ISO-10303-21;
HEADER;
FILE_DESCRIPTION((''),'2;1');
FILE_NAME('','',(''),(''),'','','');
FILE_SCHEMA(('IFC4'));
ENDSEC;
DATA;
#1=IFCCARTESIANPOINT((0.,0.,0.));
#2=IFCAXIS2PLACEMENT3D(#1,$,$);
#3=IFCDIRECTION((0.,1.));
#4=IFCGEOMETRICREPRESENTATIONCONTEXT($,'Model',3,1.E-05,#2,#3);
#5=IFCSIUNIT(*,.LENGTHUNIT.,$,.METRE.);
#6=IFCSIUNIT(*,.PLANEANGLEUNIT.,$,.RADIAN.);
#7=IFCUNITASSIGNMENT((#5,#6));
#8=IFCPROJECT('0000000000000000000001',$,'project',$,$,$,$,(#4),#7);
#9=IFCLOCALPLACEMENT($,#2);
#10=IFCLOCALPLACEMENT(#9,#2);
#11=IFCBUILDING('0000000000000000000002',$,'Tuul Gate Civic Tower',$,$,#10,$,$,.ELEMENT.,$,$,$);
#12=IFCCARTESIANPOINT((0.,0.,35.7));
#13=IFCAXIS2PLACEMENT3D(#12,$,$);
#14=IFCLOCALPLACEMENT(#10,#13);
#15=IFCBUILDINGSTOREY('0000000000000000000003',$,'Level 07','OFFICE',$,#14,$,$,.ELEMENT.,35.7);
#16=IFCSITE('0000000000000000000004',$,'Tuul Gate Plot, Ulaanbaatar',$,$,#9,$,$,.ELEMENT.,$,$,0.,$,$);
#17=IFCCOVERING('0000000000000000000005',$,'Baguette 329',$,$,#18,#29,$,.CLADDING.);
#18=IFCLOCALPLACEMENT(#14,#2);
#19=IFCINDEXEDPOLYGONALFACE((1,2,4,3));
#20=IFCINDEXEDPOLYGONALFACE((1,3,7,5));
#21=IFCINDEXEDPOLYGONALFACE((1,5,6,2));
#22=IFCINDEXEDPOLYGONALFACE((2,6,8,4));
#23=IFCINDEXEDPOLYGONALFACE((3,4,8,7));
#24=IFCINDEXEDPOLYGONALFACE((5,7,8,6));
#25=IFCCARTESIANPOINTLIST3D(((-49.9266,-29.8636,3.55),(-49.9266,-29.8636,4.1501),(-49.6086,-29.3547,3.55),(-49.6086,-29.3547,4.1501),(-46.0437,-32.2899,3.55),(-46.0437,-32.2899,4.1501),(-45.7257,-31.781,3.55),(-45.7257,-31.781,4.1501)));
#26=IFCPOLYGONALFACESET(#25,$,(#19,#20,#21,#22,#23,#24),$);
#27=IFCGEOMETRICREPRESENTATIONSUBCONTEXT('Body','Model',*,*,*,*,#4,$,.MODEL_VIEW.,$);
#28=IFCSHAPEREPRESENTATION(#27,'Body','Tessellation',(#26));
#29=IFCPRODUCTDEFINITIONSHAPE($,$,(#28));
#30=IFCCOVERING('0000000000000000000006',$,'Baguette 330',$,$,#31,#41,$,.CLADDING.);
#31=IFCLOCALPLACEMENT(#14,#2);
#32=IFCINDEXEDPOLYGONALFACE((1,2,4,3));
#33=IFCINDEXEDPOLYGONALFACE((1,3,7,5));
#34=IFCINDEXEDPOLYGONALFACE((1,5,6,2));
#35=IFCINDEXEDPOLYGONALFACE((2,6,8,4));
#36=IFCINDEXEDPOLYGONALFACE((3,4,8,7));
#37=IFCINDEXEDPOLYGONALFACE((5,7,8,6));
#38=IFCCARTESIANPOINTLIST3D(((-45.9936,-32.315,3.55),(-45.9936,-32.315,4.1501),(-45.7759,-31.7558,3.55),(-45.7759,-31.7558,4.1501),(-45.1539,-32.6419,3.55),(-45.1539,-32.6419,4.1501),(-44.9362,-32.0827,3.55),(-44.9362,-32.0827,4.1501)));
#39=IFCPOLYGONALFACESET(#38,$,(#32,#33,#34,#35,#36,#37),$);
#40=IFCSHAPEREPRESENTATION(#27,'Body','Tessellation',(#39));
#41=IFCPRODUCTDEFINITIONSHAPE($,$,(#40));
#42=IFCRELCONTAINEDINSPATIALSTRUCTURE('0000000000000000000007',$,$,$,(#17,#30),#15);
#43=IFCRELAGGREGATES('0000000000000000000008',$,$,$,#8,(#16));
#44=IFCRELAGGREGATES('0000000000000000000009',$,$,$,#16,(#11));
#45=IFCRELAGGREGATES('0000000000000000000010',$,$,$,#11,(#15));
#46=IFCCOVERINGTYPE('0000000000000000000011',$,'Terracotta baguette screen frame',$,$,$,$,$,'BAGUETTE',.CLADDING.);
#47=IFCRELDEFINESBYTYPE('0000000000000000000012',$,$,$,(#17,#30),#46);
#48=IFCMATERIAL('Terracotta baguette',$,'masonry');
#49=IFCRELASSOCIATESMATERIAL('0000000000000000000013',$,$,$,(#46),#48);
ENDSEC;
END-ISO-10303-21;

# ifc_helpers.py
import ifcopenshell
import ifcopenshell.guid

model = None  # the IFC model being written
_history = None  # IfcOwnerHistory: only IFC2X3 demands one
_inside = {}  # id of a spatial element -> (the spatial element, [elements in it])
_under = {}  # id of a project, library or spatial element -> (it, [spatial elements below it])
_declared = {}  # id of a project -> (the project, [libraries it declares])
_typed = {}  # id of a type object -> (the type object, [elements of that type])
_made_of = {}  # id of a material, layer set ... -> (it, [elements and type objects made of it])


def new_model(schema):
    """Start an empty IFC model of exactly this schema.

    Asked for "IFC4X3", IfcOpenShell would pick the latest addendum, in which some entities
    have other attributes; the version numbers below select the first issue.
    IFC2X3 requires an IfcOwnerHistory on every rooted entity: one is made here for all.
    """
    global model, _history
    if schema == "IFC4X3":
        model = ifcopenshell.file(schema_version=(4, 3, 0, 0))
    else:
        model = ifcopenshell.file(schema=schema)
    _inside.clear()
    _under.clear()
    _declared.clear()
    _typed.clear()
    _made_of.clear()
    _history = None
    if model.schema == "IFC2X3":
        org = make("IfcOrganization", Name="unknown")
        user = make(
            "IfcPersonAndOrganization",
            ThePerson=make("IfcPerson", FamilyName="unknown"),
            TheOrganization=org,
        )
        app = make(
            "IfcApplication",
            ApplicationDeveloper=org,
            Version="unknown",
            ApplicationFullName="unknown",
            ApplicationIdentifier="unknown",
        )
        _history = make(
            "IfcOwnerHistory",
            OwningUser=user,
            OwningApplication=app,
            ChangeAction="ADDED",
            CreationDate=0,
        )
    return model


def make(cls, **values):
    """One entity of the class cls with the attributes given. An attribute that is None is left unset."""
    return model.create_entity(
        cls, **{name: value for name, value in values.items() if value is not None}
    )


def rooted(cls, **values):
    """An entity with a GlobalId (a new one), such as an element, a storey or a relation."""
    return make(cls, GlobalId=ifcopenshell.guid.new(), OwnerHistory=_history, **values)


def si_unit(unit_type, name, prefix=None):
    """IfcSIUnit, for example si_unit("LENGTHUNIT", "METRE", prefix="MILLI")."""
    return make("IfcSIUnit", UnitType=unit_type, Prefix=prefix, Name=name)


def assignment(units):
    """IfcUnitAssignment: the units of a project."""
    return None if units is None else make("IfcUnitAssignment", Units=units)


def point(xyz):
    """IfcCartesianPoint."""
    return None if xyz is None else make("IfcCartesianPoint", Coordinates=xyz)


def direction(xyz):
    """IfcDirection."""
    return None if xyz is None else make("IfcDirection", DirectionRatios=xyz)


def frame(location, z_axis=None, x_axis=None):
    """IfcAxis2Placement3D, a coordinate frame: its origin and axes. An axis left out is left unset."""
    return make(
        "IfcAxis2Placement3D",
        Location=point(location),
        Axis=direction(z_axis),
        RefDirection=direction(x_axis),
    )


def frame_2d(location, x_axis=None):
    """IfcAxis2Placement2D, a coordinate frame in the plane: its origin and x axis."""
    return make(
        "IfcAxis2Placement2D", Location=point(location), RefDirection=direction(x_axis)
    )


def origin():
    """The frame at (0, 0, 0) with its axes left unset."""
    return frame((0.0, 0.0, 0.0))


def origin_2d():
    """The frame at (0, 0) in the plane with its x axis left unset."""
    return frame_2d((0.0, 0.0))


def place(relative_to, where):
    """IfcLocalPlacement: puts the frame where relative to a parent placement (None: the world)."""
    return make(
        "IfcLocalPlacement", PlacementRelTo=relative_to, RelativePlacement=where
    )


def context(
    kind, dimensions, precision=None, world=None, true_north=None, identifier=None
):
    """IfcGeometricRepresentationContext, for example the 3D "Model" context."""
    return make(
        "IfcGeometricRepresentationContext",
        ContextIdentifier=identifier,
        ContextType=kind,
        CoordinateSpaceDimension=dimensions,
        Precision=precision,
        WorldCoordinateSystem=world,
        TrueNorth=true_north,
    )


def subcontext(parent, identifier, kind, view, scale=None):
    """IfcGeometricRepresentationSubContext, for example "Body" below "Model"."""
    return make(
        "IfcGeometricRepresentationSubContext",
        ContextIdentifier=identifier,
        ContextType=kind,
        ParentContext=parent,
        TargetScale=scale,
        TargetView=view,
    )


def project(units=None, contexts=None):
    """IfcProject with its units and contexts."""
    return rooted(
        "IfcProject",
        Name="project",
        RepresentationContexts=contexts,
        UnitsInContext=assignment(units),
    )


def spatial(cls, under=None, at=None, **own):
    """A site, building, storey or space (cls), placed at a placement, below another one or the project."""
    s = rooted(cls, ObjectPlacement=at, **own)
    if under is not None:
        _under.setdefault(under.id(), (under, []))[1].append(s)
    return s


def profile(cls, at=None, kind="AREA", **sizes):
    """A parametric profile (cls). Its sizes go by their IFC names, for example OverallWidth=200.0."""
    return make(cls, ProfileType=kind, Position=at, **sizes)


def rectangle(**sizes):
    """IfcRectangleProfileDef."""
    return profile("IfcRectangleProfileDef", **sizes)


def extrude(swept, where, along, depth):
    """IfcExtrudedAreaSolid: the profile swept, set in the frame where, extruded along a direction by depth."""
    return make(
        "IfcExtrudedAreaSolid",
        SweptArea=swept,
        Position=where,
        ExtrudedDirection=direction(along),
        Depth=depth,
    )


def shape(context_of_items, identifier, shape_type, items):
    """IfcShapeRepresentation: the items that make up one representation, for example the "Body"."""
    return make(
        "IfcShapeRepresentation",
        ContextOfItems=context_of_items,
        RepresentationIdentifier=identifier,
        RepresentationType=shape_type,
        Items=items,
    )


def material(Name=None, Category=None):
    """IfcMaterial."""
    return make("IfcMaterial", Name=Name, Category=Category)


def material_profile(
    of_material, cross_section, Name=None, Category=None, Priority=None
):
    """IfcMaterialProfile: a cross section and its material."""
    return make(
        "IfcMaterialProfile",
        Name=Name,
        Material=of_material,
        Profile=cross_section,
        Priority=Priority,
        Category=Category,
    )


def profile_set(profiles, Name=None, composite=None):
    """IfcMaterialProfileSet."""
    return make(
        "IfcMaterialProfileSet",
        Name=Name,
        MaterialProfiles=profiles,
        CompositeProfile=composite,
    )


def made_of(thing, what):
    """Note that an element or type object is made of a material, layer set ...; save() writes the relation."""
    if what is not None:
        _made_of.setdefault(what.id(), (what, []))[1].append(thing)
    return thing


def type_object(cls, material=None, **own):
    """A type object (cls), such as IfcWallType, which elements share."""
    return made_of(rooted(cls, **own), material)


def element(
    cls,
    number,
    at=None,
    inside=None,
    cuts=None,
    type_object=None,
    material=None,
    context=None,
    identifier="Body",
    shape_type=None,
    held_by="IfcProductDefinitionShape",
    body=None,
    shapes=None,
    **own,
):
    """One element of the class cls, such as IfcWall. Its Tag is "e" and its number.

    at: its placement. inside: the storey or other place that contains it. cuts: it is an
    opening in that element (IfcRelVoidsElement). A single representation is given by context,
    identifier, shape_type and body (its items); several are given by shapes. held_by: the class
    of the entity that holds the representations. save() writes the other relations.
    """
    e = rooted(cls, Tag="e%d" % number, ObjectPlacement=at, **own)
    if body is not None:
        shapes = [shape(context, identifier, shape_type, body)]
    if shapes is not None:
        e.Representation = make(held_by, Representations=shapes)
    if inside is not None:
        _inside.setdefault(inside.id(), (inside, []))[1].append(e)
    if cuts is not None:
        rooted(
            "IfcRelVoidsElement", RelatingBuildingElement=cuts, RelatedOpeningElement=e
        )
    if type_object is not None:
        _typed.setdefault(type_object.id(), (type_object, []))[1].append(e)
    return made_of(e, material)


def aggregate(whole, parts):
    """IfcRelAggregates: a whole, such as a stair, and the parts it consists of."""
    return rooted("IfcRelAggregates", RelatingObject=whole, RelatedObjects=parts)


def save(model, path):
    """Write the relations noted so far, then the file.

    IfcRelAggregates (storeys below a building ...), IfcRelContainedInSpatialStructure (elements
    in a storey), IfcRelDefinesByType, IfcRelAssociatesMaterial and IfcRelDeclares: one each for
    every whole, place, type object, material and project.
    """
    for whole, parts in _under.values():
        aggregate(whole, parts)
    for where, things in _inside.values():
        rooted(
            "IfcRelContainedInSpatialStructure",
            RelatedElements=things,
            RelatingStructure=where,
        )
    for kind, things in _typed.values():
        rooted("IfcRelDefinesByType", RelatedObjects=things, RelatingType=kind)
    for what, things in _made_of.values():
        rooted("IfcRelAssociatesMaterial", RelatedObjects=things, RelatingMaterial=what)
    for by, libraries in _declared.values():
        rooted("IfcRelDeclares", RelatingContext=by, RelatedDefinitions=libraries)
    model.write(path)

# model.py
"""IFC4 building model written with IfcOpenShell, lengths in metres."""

from ifc_helpers import new_model, si_unit, direction, frame, origin, origin_2d, place, context, subcontext, project, spatial, rectangle, extrude, material, material_profile, profile_set, type_object, element, save


model = new_model("IFC4")

# Units and contexts
model_context = context("Model", 3, precision=1e-05, world=origin(), true_north=direction((0.0, 1.0)))
body_context = subcontext(model_context, "Body", "Model", "MODEL_VIEW")
ifc_project = project(units=[si_unit("LENGTHUNIT", "METRE"), si_unit("PLANEANGLEUNIT", "RADIAN")], contexts=[model_context])

# Site, building, storey
site_placement = place(None, origin())
site = spatial("IfcSite", under=ifc_project, at=site_placement, Name="Tuul Gate Plot, Ulaanbaatar", CompositionType="ELEMENT", RefElevation=0.0)
building_placement = place(site_placement, origin())
building = spatial("IfcBuilding", under=site, at=building_placement, Name="Tuul Gate Civic Tower", CompositionType="ELEMENT")
storey_placement = place(building_placement, frame((0.0, 0.0, 35.7)))
storey = spatial("IfcBuildingStorey", under=building, at=storey_placement, Name="Level 07", Description="OFFICE", CompositionType="ELEMENT", Elevation=35.7)

# Coverings
ifc_material_1 = material(Name="Terracotta baguette", Category="masonry")
ifc_material_profile_1 = material_profile(ifc_material_1, rectangle(XDim=0.6001, YDim=0.6001, at=origin_2d()), Name="Terracotta baguette screen frame")
ifc_profile_set_1 = profile_set([ifc_material_profile_1], Name="Terracotta baguette")
covering_type = type_object("IfcCoveringType", Name="Terracotta baguette screen frame", ElementType="BAGUETTE", PredefinedType="CLADDING", material=ifc_profile_set_1)
covering_1_placement = place(storey_placement, frame((-49.7676, -29.6091, 3.8501), z_axis=(0.848046, -0.529922, 0.0), x_axis=(0.529922, 0.848046, 0.0)))
element("IfcCovering", 1, at=covering_1_placement, inside=storey, type_object=covering_type, Name="Baguette 329", PredefinedType="CLADDING", context=body_context, shape_type="SweptSolid", body=[
    extrude(rectangle(XDim=0.6001, YDim=0.6001, at=origin_2d()), origin(), (0.0, 0.0, 1.0), 4.5786),
])
covering_2_placement = place(storey_placement, frame((-45.8848, -32.0354, 3.8501), z_axis=(0.931893, -0.362734, 0.0), x_axis=(0.362734, 0.931893, 0.0)))
element("IfcCovering", 2, at=covering_2_placement, inside=storey, type_object=covering_type, Name="Baguette 330", PredefinedType="CLADDING", context=body_context, shape_type="SweptSolid", body=[
    extrude(rectangle(XDim=0.6001, YDim=0.6001, at=origin_2d()), origin(), (0.0, 0.0, 1.0), 0.9011),
])

save(model, "model.ifc")
